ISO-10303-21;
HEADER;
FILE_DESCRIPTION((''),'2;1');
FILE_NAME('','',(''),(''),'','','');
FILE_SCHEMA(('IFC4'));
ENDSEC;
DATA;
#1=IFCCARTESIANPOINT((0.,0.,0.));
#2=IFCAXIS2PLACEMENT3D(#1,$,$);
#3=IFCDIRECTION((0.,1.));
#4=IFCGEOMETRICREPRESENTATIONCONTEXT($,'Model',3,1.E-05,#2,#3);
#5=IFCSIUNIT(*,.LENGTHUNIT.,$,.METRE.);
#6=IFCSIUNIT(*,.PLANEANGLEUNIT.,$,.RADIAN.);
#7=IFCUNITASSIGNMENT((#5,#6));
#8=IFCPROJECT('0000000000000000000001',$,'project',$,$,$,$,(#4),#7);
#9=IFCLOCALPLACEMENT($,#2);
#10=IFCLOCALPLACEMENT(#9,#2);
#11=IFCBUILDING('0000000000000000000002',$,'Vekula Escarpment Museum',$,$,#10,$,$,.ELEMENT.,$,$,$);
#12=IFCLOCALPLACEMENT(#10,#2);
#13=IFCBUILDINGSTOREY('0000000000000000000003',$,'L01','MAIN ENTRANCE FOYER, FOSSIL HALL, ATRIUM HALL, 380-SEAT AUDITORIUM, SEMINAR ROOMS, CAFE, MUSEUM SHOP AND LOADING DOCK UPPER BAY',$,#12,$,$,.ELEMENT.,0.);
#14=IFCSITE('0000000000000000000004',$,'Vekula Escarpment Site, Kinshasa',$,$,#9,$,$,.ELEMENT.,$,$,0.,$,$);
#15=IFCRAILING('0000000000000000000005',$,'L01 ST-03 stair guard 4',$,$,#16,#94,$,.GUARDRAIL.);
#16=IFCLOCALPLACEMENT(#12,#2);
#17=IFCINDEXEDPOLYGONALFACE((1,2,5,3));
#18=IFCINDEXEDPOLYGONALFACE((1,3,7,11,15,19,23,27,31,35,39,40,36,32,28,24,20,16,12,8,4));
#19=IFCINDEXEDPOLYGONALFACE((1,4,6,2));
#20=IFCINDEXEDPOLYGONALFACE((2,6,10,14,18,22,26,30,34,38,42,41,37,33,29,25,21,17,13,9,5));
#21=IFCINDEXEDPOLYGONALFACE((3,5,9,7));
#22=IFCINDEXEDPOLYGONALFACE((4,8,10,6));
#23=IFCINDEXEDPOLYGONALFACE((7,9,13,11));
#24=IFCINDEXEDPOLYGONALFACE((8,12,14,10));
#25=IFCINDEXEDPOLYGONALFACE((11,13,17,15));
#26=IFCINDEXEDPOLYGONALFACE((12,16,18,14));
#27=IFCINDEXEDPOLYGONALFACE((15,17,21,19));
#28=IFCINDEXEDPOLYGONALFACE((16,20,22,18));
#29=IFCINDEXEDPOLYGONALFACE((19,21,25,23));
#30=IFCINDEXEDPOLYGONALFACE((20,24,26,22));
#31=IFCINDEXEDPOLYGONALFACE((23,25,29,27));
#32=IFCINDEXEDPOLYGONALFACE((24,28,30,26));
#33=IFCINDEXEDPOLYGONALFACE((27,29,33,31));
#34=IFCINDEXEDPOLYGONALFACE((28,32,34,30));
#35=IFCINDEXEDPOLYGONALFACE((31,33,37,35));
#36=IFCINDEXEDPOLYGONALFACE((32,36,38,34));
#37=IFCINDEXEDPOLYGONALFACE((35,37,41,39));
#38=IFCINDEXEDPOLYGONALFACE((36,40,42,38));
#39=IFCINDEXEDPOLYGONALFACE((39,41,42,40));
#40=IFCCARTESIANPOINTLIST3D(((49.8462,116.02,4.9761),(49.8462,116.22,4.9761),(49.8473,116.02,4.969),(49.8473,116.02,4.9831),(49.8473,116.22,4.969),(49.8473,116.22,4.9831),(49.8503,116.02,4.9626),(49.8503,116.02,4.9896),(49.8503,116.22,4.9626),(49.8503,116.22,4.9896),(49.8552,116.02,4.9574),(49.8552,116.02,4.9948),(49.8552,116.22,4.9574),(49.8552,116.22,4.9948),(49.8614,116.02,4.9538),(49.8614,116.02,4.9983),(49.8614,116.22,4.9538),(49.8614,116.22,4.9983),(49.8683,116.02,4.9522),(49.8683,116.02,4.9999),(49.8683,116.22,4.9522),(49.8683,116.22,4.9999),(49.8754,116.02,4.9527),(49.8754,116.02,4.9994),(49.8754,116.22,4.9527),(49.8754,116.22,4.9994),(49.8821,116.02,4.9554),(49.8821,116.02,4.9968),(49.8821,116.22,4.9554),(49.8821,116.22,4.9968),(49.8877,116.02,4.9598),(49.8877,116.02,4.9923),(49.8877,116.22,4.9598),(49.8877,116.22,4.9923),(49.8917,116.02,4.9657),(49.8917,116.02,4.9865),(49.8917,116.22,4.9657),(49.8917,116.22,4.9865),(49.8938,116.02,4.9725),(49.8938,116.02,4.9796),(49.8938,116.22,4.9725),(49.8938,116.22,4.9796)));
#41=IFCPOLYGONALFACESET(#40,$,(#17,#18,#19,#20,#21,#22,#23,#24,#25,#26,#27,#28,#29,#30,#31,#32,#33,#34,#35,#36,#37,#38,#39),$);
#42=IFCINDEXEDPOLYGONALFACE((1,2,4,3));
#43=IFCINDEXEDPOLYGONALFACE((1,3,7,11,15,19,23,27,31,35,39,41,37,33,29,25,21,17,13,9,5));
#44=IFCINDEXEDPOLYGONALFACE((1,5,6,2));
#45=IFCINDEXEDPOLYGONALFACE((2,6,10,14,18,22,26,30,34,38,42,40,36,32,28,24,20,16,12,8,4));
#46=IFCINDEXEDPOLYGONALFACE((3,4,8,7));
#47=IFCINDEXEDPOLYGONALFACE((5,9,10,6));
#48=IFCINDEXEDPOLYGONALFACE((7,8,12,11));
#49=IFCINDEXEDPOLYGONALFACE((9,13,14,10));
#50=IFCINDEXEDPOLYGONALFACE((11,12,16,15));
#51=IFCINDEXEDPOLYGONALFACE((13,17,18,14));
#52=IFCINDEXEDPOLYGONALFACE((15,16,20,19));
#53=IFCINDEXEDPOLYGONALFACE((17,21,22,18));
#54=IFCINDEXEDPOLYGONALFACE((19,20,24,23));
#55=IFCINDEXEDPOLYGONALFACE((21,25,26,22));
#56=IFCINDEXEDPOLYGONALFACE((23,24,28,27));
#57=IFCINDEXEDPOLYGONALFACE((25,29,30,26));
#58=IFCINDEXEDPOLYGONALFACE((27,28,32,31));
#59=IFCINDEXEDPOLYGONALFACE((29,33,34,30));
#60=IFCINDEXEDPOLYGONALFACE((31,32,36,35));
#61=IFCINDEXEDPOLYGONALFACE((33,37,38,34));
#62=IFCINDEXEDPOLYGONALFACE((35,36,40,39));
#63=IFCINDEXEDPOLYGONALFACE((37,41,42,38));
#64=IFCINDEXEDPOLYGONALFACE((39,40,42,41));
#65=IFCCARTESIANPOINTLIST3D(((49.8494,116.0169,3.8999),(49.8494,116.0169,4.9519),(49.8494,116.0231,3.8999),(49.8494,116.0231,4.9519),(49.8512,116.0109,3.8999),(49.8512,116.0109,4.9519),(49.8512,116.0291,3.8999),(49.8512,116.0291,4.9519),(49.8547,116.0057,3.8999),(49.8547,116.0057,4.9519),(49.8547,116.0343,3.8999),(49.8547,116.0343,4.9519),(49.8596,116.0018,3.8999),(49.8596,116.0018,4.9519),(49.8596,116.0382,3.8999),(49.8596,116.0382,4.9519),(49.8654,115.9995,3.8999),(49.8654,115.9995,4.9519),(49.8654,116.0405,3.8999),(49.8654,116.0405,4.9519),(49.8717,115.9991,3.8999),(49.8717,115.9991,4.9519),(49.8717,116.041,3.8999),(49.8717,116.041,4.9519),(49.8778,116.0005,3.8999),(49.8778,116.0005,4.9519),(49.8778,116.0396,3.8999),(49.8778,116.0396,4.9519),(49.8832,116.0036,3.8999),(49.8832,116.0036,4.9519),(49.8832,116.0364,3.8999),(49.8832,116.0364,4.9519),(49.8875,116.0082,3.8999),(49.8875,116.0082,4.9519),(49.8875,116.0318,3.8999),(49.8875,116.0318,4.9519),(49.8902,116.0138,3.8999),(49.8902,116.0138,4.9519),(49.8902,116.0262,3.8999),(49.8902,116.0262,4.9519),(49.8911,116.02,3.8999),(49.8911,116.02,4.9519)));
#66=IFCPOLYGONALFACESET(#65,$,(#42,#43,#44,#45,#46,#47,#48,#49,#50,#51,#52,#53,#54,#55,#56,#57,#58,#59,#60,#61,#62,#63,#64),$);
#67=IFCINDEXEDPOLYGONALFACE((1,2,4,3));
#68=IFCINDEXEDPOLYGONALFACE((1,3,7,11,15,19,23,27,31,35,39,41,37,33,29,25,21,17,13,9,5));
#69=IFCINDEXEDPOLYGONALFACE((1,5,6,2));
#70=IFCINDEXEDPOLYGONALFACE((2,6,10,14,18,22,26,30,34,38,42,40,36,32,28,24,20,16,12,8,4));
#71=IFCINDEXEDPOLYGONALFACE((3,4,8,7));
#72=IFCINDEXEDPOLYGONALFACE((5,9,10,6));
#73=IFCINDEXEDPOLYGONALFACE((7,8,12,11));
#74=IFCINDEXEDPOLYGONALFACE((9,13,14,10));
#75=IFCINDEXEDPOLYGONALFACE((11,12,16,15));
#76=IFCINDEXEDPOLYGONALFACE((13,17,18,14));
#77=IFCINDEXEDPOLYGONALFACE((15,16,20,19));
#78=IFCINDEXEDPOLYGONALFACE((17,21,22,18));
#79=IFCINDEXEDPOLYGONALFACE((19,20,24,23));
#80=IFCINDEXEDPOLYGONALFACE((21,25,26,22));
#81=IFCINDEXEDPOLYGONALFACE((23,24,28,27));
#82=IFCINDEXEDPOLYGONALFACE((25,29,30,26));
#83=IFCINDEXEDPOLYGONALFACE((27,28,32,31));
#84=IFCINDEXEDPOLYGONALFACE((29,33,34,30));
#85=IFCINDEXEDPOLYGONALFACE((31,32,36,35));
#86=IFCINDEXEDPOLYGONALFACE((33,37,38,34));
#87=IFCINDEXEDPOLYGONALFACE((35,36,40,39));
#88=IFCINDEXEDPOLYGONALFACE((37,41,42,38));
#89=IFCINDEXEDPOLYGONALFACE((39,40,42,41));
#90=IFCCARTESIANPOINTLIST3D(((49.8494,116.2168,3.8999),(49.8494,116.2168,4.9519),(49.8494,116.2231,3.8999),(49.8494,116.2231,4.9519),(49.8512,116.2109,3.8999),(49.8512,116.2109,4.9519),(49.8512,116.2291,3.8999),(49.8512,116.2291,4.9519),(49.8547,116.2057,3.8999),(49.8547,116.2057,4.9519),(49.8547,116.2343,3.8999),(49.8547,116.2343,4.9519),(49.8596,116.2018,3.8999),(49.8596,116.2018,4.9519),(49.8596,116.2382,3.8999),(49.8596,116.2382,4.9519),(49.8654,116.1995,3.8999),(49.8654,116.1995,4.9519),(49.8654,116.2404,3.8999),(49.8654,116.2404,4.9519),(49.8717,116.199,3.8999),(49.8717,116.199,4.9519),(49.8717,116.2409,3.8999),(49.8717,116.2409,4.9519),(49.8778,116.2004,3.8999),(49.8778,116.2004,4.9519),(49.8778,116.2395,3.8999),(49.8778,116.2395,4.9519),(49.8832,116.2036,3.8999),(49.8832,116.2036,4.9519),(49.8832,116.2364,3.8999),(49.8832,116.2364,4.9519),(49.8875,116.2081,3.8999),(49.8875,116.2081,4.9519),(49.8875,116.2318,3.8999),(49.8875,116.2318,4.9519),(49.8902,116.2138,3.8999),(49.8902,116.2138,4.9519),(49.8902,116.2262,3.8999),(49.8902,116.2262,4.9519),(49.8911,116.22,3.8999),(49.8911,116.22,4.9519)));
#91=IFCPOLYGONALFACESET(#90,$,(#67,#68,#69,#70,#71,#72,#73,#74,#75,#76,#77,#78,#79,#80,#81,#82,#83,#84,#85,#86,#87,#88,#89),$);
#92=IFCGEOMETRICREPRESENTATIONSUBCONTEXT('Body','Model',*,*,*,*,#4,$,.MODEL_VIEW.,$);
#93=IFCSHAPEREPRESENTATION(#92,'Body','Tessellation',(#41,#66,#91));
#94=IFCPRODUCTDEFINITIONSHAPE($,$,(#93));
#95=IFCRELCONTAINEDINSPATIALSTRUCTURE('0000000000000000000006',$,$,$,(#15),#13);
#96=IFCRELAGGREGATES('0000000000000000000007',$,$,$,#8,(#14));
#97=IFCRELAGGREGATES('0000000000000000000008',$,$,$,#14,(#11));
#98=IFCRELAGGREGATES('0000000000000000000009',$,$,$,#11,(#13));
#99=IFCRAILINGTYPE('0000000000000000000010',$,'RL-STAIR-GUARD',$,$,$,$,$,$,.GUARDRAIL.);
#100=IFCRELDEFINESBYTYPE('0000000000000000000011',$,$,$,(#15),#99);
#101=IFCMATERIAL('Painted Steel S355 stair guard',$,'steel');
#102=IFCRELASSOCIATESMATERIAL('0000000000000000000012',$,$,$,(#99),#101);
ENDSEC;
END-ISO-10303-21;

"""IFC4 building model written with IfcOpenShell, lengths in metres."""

from ifc_helpers import new_model, si_unit, direction, frame, origin, origin_2d, place, context, subcontext, project, spatial, circle, extrude, material, type_object, element, save


model = new_model("IFC4")

# Units and contexts
model_context = context("Model", 3, precision=1e-05, world=origin(), true_north=direction((0.0, 1.0)))
body_context = subcontext(model_context, "Body", "Model", "MODEL_VIEW")
ifc_project = project(units=[si_unit("LENGTHUNIT", "METRE"), si_unit("PLANEANGLEUNIT", "RADIAN")], contexts=[model_context])

# Site, building, storey
site_placement = place(None, origin())
site = spatial("IfcSite", under=ifc_project, at=site_placement, Name="Vekula Escarpment Site, Kinshasa", CompositionType="ELEMENT", RefElevation=0.0)
building_placement = place(site_placement, origin())
building = spatial("IfcBuilding", under=site, at=building_placement, Name="Vekula Escarpment Museum", CompositionType="ELEMENT")
storey_placement = place(building_placement, origin())
storey = spatial("IfcBuildingStorey", under=building, at=storey_placement, Name="L01", Description="MAIN ENTRANCE FOYER, FOSSIL HALL, ATRIUM HALL, 380-SEAT AUDITORIUM, SEMINAR ROOMS, CAFE, MUSEUM SHOP AND LOADING DOCK UPPER BAY", CompositionType="ELEMENT", Elevation=0.0)

# Railing
ifc_material_1 = material(Name="Painted Steel S355 stair guard", Category="steel")
railing_type_1 = type_object("IfcRailingType", Name="RL-STAIR-GUARD", PredefinedType="GUARDRAIL", material=ifc_material_1)
railing_1_placement = place(storey_placement, frame((49.8701, 116.02, 3.8999)))
element("IfcRailing", 1, at=railing_1_placement, inside=storey, type_object=railing_type_1, Name="L01 ST-03 stair guard 4", PredefinedType="GUARDRAIL", context=body_context, shape_type="SweptSolid", body=[
    extrude(circle(Radius=0.0239, at=origin_2d()), frame((0.0, 0.0, 1.0762), z_axis=(0.0, 1.0, 0.0), x_axis=(-1.0, 0.0, 0.0)), (0.0, 0.0, 1.0), 0.2),
    extrude(circle(Radius=0.021, at=origin_2d()), origin(), (0.0, 0.0, 1.0), 1.052),
    extrude(circle(Radius=0.021, at=origin_2d()), frame((0.0, 0.2, 0.0)), (0.0, 0.0, 1.0), 1.052),
])

save(model, "model.ifc")
